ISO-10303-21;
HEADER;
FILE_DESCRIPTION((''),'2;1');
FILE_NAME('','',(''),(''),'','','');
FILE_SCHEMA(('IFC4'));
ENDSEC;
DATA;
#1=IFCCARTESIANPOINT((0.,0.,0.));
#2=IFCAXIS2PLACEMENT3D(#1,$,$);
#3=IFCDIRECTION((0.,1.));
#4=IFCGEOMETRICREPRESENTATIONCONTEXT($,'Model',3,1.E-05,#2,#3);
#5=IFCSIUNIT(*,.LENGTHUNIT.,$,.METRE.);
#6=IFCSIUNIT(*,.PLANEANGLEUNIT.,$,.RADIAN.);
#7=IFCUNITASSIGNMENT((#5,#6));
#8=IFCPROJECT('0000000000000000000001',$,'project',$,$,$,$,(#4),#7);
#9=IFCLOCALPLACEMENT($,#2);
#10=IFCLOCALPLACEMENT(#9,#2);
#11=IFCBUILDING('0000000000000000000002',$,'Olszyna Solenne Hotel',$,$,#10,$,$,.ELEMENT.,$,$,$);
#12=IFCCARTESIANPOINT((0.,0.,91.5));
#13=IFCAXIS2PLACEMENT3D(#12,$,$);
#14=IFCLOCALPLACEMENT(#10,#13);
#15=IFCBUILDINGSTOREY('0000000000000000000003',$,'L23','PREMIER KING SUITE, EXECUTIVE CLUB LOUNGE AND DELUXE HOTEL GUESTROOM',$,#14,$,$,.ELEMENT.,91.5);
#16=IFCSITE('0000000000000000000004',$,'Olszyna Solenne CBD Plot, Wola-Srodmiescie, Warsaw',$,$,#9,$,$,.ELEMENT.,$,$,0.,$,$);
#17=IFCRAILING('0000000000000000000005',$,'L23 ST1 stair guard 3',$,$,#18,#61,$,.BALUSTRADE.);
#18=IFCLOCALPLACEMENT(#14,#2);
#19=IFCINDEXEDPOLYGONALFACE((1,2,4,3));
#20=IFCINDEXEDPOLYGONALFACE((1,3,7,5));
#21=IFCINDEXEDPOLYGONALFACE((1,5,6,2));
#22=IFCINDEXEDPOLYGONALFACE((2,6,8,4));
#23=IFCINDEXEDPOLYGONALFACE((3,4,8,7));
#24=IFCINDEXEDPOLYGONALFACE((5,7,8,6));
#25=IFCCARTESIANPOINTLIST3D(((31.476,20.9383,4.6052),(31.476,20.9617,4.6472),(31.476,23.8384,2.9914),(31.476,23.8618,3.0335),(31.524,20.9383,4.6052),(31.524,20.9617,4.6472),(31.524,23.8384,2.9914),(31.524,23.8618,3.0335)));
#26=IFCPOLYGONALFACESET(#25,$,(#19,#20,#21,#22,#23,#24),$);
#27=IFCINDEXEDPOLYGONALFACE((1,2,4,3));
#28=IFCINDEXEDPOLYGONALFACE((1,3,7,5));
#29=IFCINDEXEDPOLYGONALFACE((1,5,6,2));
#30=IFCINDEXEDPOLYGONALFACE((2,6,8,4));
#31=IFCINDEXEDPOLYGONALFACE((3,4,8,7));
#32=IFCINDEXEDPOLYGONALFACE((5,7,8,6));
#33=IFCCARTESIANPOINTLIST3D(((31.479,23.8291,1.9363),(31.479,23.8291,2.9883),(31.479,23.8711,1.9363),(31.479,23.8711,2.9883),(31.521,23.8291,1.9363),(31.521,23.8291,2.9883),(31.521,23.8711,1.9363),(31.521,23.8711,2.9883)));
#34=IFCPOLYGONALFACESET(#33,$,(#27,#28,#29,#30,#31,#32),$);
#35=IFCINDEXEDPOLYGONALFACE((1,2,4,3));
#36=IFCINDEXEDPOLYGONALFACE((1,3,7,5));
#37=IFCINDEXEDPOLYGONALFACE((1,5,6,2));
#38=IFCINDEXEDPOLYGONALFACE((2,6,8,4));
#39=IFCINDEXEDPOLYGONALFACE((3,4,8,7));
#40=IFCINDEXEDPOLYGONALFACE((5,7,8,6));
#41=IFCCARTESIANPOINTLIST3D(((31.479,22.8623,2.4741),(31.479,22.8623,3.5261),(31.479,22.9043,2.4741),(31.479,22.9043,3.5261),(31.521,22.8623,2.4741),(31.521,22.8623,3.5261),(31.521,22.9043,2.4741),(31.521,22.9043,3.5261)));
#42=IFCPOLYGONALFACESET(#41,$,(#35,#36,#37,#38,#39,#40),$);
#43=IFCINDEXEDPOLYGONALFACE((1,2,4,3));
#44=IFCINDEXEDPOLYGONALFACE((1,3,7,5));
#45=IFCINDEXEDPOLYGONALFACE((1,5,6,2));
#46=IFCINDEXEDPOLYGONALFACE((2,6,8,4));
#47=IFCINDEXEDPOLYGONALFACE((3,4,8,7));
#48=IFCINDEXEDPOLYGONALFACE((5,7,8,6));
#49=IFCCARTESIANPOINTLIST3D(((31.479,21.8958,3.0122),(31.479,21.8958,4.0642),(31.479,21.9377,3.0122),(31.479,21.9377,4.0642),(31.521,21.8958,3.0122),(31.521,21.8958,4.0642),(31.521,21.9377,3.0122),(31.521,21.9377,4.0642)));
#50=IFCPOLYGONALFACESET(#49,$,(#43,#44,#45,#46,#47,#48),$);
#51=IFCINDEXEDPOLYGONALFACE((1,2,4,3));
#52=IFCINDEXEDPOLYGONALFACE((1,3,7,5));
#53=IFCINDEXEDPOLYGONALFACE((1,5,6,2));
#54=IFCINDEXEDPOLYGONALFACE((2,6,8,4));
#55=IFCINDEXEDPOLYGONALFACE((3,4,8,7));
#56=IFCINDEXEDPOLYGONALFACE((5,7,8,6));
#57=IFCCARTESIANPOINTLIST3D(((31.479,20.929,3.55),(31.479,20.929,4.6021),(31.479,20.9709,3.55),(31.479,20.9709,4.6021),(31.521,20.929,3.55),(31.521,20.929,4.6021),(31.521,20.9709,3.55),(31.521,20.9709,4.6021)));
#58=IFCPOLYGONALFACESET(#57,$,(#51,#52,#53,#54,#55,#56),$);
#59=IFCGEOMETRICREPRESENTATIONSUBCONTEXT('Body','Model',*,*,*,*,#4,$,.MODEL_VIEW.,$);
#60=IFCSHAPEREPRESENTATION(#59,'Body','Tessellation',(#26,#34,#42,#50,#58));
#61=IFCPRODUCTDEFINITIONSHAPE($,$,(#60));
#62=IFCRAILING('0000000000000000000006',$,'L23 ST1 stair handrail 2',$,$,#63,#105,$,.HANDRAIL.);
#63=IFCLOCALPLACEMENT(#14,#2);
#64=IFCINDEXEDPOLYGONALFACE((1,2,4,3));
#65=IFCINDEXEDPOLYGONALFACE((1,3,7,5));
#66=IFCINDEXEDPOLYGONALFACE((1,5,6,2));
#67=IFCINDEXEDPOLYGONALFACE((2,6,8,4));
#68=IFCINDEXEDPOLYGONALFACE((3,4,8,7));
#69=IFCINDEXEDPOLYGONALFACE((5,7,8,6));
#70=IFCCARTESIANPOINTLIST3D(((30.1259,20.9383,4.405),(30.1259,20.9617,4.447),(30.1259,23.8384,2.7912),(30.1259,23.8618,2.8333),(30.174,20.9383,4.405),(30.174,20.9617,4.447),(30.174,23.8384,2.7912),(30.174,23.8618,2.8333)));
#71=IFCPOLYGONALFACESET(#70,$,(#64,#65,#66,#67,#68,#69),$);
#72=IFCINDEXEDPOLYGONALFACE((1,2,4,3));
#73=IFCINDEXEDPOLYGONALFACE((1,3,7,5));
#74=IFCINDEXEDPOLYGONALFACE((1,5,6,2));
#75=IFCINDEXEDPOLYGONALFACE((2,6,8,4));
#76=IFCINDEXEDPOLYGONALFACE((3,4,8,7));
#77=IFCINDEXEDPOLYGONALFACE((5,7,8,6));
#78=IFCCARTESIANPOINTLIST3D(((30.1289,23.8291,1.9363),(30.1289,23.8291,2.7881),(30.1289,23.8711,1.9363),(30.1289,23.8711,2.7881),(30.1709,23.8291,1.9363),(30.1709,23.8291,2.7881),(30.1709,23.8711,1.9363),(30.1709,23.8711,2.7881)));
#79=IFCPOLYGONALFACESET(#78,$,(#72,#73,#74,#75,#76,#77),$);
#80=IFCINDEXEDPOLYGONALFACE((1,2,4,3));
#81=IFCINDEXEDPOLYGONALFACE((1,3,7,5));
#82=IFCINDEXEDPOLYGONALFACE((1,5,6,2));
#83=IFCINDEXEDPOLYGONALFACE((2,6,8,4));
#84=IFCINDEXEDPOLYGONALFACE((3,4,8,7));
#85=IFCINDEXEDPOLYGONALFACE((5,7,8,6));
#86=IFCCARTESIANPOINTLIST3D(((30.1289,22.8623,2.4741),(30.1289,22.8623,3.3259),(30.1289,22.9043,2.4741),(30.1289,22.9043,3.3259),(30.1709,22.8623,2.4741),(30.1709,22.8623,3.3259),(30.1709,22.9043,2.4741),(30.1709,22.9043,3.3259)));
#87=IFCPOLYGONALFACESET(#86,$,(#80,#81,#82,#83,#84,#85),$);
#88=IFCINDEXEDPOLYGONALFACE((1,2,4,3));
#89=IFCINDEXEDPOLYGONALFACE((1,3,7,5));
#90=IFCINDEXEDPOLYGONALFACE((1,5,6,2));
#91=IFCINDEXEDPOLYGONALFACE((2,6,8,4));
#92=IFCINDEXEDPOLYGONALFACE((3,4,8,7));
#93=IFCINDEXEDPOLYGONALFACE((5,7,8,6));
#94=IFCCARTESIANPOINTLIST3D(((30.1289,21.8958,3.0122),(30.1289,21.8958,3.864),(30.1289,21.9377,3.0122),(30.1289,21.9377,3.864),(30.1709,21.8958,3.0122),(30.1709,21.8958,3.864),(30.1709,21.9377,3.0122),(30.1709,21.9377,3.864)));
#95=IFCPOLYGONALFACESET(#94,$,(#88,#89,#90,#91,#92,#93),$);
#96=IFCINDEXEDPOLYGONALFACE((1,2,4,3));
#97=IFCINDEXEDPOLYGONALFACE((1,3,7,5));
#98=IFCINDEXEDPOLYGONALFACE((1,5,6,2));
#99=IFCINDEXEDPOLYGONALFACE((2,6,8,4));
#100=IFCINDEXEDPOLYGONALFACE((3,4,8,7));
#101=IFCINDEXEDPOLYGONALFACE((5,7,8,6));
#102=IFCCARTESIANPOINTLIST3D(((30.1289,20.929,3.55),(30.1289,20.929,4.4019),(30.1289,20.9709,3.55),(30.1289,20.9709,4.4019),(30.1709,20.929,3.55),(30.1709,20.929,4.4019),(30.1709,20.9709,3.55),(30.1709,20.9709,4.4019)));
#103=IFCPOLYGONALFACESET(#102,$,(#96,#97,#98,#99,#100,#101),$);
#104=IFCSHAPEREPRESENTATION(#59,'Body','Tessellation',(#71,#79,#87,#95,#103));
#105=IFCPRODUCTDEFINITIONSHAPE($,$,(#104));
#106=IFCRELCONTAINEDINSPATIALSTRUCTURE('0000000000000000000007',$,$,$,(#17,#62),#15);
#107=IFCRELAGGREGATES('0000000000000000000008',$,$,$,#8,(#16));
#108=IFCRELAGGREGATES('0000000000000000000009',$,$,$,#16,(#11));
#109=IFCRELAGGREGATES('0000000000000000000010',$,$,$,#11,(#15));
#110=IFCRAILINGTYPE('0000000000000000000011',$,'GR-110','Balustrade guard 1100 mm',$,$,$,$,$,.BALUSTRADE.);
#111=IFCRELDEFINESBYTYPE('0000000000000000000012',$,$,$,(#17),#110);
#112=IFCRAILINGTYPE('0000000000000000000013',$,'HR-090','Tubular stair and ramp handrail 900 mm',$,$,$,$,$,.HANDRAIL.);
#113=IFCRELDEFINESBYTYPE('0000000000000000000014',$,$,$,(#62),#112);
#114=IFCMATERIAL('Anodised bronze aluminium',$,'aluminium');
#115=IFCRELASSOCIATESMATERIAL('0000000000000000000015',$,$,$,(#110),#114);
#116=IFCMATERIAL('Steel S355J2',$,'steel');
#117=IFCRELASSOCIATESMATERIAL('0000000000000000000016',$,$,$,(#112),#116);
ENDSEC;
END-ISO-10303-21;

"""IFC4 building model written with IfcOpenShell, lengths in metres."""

from ifc_helpers import new_model, si_unit, direction, frame, origin, origin_2d, place, context, subcontext, project, spatial, rectangle, extrude, material, type_object, element, save


model = new_model("IFC4")

# Units and contexts
model_context = context("Model", 3, precision=1e-05, world=origin(), true_north=direction((0.0, 1.0)))
body_context = subcontext(model_context, "Body", "Model", "MODEL_VIEW")
ifc_project = project(units=[si_unit("LENGTHUNIT", "METRE"), si_unit("PLANEANGLEUNIT", "RADIAN")], contexts=[model_context])

# Site, building, storey
site_placement = place(None, origin())
site = spatial("IfcSite", under=ifc_project, at=site_placement, Name="Olszyna Solenne CBD Plot, Wola-Srodmiescie, Warsaw", CompositionType="ELEMENT", RefElevation=0.0)
building_placement = place(site_placement, origin())
building = spatial("IfcBuilding", under=site, at=building_placement, Name="Olszyna Solenne Hotel", CompositionType="ELEMENT")
storey_placement = place(building_placement, frame((0.0, 0.0, 91.5)))
storey = spatial("IfcBuildingStorey", under=building, at=storey_placement, Name="L23", Description="PREMIER KING SUITE, EXECUTIVE CLUB LOUNGE AND DELUXE HOTEL GUESTROOM", CompositionType="ELEMENT", Elevation=91.5)

# Shared definitions
ifc_material_1 = material(Name="Steel S355J2", Category="steel")

# Shared definitions
ifc_material_2 = material(Name="Anodised bronze aluminium", Category="aluminium")

# Railings
railing_type_1 = type_object("IfcRailingType", Name="GR-110", Description="Balustrade guard 1100 mm", PredefinedType="BALUSTRADE", material=ifc_material_2)
railing_1_placement = place(storey_placement, frame((31.5, 23.8501, 1.9363)))
element("IfcRailing", 1, at=railing_1_placement, inside=storey, type_object=railing_type_1, Name="L23 ST1 stair guard 3", PredefinedType="BALUSTRADE", context=body_context, shape_type="SweptSolid", body=[
    extrude(rectangle(XDim=0.0481, YDim=0.0481, at=origin_2d()), frame((0.0, 0.0, 1.0762), z_axis=(0.0, -0.873827, 0.486236), x_axis=(1.0, 0.0, 0.0)), (0.0, 0.0, 1.0), 3.3188),
    extrude(rectangle(XDim=0.042, YDim=0.042, at=origin_2d()), origin(), (0.0, 0.0, 1.0), 1.052),
    extrude(rectangle(XDim=0.042, YDim=0.042, at=origin_2d()), frame((0.0, -0.9668, 0.5378)), (0.0, 0.0, 1.0), 1.052),
    extrude(rectangle(XDim=0.042, YDim=0.042, at=origin_2d()), frame((0.0, -1.9333, 1.0759)), (0.0, 0.0, 1.0), 1.052),
    extrude(rectangle(XDim=0.042, YDim=0.042, at=origin_2d()), frame((0.0, -2.9001, 1.6138)), (0.0, 0.0, 1.0), 1.052),
])
railing_type_2 = type_object("IfcRailingType", Name="HR-090", Description="Tubular stair and ramp handrail 900 mm", PredefinedType="HANDRAIL", material=ifc_material_1)
railing_2_placement = place(storey_placement, frame((30.1499, 23.8501, 1.9363)))
element("IfcRailing", 2, at=railing_2_placement, inside=storey, type_object=railing_type_2, Name="L23 ST1 stair handrail 2", PredefinedType="HANDRAIL", context=body_context, shape_type="SweptSolid", body=[
    extrude(rectangle(XDim=0.0481, YDim=0.0481, at=origin_2d()), frame((0.0, 0.0, 0.876), z_axis=(0.0, -0.873827, 0.486236), x_axis=(1.0, 0.0, 0.0)), (0.0, 0.0, 1.0), 3.3188),
    extrude(rectangle(XDim=0.042, YDim=0.042, at=origin_2d()), origin(), (0.0, 0.0, 1.0), 0.8518),
    extrude(rectangle(XDim=0.042, YDim=0.042, at=origin_2d()), frame((0.0, -0.9668, 0.5378)), (0.0, 0.0, 1.0), 0.8518),
    extrude(rectangle(XDim=0.042, YDim=0.042, at=origin_2d()), frame((0.0, -1.9333, 1.0759)), (0.0, 0.0, 1.0), 0.8518),
    extrude(rectangle(XDim=0.042, YDim=0.042, at=origin_2d()), frame((0.0, -2.9001, 1.6138)), (0.0, 0.0, 1.0), 0.8518),
])

save(model, "model.ifc")
